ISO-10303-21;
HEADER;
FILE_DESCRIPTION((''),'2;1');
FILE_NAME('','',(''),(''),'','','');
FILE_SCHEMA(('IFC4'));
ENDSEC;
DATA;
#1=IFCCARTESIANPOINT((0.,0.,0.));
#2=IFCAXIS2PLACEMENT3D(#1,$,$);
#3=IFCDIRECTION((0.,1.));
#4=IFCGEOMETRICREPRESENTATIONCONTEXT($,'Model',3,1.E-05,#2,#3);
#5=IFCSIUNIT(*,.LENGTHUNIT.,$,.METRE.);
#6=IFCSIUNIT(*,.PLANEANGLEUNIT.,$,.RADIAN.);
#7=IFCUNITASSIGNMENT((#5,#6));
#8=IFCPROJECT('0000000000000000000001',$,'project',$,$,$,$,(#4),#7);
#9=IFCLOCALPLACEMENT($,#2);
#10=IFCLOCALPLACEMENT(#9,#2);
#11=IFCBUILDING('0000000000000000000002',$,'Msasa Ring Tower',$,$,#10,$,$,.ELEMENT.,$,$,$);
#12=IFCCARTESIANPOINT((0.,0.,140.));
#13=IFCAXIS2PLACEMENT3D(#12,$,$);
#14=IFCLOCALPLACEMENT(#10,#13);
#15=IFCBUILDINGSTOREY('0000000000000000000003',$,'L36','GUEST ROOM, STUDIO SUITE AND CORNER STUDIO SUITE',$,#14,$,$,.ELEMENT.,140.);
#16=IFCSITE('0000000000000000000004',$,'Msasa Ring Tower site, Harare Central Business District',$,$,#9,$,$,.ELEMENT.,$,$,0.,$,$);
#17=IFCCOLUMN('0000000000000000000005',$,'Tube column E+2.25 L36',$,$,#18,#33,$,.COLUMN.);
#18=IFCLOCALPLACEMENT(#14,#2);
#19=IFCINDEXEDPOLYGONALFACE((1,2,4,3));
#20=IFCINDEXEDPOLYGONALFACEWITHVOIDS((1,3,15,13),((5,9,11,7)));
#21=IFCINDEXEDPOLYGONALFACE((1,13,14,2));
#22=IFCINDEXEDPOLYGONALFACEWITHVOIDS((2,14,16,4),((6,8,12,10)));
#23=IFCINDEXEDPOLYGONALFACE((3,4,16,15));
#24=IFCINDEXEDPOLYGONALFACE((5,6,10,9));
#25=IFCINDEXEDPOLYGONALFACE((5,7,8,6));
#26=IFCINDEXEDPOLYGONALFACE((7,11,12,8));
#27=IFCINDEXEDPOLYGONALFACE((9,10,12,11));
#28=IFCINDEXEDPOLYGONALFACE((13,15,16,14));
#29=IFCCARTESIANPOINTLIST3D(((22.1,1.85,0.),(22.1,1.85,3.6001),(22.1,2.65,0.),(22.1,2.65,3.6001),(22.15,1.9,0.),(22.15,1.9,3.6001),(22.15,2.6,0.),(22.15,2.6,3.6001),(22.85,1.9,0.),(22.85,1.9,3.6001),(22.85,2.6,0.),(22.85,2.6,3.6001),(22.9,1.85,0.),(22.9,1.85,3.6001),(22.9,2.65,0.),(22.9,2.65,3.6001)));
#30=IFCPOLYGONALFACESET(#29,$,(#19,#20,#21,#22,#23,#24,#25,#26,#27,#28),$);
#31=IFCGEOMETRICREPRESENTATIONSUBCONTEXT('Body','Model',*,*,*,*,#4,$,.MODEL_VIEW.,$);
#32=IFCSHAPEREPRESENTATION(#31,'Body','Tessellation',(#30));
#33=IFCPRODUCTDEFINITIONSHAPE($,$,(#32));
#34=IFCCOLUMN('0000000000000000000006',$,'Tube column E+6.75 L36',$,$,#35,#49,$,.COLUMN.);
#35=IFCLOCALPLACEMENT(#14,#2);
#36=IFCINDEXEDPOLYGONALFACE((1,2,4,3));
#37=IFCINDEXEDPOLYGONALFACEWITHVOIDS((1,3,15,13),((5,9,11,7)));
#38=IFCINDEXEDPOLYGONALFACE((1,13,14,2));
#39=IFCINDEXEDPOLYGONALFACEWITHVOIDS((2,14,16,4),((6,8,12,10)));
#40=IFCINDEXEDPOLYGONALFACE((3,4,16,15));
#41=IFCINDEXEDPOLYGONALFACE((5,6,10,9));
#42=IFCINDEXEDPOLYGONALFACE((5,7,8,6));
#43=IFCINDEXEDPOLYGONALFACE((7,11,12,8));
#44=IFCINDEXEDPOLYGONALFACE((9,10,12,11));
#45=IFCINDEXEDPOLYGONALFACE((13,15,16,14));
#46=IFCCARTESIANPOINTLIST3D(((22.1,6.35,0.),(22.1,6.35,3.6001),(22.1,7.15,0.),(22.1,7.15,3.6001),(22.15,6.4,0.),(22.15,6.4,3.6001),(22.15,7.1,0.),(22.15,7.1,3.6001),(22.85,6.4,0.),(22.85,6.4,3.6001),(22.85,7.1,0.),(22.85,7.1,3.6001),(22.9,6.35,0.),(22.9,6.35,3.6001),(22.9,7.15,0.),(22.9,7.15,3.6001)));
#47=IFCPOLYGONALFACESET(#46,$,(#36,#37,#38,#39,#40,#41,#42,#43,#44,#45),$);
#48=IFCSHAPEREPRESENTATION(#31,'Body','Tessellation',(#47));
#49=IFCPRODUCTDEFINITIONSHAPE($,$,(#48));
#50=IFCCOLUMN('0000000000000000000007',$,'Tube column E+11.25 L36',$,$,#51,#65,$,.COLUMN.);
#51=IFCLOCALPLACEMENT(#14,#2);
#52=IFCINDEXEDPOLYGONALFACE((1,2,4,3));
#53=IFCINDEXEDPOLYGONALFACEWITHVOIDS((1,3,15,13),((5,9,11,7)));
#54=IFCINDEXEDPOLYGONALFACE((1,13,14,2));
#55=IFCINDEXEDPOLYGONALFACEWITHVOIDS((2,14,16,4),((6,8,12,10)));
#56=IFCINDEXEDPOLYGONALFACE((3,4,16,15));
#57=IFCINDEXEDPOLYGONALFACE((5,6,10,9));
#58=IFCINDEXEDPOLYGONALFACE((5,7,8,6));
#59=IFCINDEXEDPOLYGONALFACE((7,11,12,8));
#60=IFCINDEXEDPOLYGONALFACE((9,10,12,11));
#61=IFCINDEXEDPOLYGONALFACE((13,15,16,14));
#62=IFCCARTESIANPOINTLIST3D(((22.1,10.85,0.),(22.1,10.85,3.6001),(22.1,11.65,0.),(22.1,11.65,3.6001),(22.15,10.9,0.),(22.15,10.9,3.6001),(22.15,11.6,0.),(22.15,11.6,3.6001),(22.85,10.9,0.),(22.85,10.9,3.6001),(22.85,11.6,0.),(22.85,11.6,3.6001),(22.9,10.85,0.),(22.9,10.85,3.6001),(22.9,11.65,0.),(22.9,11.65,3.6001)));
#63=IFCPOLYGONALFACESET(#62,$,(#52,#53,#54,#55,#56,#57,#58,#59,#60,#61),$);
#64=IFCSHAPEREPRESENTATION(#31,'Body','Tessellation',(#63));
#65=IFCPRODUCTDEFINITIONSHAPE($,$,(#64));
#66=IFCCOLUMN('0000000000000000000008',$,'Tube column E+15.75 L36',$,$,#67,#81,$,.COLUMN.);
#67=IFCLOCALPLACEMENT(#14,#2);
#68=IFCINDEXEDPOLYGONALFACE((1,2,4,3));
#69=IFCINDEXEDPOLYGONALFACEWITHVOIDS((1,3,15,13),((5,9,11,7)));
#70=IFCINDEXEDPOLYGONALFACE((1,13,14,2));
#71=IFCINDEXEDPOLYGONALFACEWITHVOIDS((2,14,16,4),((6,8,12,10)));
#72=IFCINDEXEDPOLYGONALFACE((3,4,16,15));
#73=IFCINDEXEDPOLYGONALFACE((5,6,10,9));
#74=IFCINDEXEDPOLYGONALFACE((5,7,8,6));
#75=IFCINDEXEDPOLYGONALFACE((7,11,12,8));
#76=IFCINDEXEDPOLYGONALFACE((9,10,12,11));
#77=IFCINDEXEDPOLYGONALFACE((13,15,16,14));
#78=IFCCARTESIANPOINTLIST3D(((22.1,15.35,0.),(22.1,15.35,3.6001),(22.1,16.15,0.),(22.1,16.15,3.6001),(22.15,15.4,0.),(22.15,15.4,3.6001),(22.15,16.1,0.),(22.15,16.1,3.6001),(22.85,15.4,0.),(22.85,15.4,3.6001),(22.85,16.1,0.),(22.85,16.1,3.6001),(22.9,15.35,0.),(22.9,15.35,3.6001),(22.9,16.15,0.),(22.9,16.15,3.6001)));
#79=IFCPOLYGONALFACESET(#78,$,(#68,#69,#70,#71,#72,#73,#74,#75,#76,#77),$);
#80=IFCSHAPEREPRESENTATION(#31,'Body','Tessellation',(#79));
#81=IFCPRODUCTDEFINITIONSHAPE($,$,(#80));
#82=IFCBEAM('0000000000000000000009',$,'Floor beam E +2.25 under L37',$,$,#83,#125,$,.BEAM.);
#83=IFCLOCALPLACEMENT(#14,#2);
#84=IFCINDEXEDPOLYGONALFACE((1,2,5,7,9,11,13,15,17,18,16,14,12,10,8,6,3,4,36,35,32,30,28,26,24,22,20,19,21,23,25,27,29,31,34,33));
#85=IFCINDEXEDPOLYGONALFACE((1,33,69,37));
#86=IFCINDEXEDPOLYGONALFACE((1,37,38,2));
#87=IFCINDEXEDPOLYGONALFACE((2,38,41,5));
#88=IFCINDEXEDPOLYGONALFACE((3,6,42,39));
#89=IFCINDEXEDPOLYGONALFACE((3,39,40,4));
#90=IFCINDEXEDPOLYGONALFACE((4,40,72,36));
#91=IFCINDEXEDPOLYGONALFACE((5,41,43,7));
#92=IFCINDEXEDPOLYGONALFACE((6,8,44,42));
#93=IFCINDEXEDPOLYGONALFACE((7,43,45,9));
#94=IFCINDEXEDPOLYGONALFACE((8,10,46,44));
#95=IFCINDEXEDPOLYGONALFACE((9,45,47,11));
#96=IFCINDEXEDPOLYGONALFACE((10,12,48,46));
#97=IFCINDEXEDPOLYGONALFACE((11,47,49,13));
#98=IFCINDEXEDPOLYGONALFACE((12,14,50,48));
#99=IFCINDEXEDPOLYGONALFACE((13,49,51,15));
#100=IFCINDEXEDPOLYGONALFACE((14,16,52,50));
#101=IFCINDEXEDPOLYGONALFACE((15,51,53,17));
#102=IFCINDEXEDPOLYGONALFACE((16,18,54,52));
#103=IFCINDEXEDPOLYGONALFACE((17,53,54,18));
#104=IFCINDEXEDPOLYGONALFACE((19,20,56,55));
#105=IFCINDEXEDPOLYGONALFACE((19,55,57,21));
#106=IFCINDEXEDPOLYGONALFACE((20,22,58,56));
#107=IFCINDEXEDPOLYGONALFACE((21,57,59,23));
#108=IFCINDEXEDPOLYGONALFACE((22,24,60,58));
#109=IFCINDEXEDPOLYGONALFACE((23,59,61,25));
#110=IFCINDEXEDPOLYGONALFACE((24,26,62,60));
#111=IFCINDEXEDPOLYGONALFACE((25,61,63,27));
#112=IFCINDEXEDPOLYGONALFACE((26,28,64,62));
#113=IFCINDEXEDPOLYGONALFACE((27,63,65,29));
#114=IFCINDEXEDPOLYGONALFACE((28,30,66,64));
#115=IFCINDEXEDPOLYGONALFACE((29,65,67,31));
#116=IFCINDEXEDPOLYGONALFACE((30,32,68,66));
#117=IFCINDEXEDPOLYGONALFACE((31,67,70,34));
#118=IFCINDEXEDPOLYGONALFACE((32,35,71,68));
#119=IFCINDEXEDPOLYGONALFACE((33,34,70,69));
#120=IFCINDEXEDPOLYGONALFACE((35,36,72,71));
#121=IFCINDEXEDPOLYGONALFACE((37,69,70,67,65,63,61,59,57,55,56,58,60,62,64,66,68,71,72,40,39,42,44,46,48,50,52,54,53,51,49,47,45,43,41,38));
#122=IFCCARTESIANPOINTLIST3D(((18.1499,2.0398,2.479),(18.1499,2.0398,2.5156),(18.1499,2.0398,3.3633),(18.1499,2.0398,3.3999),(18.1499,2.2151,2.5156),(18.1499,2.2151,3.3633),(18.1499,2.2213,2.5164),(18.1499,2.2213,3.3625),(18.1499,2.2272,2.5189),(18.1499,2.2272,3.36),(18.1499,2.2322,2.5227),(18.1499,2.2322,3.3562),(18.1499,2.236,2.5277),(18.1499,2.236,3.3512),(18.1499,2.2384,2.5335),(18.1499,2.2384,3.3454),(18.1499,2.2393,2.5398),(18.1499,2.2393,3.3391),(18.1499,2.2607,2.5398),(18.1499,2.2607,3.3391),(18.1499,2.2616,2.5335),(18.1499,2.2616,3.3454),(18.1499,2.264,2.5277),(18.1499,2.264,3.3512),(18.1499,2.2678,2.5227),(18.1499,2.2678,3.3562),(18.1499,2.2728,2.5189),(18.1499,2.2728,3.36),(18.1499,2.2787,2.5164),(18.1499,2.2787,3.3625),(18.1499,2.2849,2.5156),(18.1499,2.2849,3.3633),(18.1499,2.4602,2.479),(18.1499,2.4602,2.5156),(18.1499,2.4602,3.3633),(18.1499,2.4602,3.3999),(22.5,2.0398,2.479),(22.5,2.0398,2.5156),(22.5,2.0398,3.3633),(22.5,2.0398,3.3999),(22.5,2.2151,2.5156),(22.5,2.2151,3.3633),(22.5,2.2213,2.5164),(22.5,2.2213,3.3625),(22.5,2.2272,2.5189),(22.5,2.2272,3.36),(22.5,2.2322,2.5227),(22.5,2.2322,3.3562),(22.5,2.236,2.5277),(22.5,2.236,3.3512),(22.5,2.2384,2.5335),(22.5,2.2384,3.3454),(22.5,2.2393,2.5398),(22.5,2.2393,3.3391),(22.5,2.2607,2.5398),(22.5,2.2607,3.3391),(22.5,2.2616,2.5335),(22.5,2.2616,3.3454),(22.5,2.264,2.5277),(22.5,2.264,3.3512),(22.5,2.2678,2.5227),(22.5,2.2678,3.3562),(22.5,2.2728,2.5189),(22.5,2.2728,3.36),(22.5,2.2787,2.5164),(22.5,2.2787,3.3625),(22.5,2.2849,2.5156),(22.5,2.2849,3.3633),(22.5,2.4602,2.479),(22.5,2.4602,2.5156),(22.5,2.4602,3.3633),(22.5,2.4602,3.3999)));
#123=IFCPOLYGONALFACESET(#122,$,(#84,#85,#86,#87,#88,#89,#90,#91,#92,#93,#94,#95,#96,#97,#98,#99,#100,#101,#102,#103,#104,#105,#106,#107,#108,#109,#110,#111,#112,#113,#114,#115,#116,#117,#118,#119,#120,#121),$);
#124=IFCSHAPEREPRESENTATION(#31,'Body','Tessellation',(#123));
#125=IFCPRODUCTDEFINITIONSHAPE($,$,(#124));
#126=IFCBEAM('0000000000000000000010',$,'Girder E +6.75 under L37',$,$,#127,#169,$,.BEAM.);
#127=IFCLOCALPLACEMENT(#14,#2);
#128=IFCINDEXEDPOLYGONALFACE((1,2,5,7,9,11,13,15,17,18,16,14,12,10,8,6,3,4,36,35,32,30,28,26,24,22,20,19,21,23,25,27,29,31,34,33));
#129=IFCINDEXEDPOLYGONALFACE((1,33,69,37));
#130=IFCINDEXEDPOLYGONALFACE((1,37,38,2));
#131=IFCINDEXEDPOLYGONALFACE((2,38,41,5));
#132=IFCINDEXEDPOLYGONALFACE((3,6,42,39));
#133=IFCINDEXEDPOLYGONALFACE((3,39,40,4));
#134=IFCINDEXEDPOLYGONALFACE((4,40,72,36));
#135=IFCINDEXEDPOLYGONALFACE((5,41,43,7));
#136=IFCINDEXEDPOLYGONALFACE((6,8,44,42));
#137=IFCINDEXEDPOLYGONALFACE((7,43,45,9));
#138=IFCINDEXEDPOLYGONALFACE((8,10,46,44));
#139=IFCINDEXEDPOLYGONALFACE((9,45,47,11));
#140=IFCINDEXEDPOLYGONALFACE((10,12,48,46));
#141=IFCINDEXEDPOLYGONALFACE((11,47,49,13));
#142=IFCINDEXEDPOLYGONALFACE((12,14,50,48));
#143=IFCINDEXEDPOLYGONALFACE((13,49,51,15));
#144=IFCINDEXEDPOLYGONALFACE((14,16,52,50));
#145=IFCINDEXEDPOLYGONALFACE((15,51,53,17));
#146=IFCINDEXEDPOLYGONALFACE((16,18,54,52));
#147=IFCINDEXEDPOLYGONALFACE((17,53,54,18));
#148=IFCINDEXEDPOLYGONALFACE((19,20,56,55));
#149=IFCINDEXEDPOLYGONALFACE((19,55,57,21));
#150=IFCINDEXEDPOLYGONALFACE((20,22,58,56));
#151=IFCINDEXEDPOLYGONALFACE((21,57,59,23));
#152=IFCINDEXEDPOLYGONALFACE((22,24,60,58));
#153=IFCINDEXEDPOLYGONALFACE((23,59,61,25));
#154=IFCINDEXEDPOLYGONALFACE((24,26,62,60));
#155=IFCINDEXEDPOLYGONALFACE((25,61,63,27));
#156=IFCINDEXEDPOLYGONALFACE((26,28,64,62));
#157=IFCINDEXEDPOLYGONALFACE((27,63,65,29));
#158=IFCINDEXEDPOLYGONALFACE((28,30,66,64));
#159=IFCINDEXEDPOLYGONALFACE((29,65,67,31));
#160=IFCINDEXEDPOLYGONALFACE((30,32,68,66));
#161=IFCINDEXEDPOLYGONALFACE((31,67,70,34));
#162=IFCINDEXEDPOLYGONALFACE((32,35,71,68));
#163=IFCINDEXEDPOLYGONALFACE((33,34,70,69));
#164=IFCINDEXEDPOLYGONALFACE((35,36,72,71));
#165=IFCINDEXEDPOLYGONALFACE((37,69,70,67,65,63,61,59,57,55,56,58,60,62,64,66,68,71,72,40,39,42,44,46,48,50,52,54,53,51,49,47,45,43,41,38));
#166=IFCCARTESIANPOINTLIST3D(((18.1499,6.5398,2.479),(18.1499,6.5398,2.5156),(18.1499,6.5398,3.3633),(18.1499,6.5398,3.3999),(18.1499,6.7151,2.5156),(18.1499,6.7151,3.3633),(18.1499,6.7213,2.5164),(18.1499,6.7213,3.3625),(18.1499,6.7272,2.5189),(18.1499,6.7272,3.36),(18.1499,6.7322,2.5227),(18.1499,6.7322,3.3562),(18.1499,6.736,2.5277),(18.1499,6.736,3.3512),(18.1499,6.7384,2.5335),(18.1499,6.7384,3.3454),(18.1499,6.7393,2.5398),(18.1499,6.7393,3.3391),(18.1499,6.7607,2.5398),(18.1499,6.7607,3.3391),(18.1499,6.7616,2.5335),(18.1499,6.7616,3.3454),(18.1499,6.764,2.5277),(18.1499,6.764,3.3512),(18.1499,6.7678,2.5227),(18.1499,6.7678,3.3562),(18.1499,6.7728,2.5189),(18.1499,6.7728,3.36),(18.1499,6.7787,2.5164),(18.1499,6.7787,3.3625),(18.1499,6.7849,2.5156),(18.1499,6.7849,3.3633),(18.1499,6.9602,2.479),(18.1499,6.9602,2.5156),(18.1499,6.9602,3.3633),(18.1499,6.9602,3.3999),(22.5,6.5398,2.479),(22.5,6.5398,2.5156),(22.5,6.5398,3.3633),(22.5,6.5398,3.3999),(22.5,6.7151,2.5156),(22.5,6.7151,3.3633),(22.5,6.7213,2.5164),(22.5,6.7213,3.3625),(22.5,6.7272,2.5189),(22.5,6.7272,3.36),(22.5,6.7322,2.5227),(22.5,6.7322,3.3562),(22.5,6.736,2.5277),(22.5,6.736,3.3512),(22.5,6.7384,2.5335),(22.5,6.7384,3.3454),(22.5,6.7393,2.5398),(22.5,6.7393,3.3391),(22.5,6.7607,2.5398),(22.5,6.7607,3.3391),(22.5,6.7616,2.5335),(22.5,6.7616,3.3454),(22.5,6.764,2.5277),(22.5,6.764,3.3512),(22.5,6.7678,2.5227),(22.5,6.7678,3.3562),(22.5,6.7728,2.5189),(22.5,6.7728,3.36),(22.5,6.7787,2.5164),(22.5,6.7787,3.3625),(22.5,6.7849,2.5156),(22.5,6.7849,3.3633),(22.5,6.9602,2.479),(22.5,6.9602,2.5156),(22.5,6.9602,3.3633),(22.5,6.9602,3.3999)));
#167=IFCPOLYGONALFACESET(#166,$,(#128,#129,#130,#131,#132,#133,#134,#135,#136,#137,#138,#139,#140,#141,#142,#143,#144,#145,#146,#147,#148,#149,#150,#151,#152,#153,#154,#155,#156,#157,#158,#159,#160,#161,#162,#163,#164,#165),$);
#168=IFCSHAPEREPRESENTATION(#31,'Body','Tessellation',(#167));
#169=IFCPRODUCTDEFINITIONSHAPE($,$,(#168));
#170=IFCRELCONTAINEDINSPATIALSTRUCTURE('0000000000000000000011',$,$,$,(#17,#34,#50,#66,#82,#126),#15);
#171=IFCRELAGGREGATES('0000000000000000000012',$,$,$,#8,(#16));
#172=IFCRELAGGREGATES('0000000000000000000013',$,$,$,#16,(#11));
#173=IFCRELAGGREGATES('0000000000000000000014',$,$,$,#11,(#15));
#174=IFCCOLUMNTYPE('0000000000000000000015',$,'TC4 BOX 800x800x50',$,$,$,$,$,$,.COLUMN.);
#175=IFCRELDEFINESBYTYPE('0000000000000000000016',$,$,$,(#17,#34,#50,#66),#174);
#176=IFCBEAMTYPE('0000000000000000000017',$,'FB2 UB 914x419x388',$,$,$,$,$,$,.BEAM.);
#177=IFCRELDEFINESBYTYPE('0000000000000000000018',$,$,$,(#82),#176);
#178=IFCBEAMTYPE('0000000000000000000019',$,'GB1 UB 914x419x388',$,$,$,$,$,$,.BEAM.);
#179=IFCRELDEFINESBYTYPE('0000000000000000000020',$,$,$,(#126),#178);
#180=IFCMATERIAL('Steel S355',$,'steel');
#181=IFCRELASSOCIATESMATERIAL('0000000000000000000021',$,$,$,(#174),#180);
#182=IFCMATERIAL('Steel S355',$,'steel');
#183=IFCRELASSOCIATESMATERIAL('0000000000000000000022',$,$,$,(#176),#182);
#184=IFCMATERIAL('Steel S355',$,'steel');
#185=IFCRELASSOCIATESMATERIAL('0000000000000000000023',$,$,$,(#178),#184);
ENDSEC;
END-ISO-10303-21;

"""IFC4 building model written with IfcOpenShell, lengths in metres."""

from ifc_helpers import new_model, si_unit, direction, frame, origin, origin_2d, place, context, subcontext, project, spatial, hollow_rectangle, i_section, extrude, material, material_profile, profile_set, type_object, element, save


model = new_model("IFC4")

# Units and contexts
model_context = context("Model", 3, precision=1e-05, world=origin(), true_north=direction((0.0, 1.0)))
body_context = subcontext(model_context, "Body", "Model", "MODEL_VIEW")
ifc_project = project(units=[si_unit("LENGTHUNIT", "METRE"), si_unit("PLANEANGLEUNIT", "RADIAN")], contexts=[model_context])

# Site, building, storey
site_placement = place(None, origin())
site = spatial("IfcSite", under=ifc_project, at=site_placement, Name="Msasa Ring Tower site, Harare Central Business District", CompositionType="ELEMENT", RefElevation=0.0)
building_placement = place(site_placement, origin())
building = spatial("IfcBuilding", under=site, at=building_placement, Name="Msasa Ring Tower", CompositionType="ELEMENT")
storey_placement = place(building_placement, frame((0.0, 0.0, 140.0)))
storey = spatial("IfcBuildingStorey", under=building, at=storey_placement, Name="L36", Description="GUEST ROOM, STUDIO SUITE AND CORNER STUDIO SUITE", CompositionType="ELEMENT", Elevation=140.0)

# Columns
ifc_material_1 = material(Name="Steel S355", Category="steel")
ifc_material_profile_1 = material_profile(ifc_material_1, hollow_rectangle(XDim=0.8, YDim=0.8, WallThickness=0.05, at=origin_2d()), Name="BOX 800x800x50")
ifc_profile_set_1 = profile_set([ifc_material_profile_1], Name="Steel S355")
column_type = type_object("IfcColumnType", Name="TC4 BOX 800x800x50", PredefinedType="COLUMN", material=ifc_profile_set_1)
for number, where, z_axis, x_axis, name in (
    (1, (22.5, 2.25, 0.0), (0.0, 0.0, 1.0), (1.0, 0.0, 0.0), "Tube column E+2.25 L36"),
    (2, (22.5, 6.75, 0.0), (0.0, 0.0, 1.0), (1.0, 0.0, 0.0), "Tube column E+6.75 L36"),
    (3, (22.5, 11.25, 0.0), (0.0, 0.0, 1.0), (1.0, 0.0, 0.0), "Tube column E+11.25 L36"),
    (4, (22.5, 15.75, 0.0), (0.0, 0.0, 1.0), (1.0, 0.0, 0.0), "Tube column E+15.75 L36"),
):
    element("IfcColumn", number, at=place(storey_placement, frame(where, z_axis=z_axis, x_axis=x_axis)), inside=storey, type_object=column_type, Name=name, PredefinedType="COLUMN", context=body_context, shape_type="SweptSolid", body=[
        extrude(hollow_rectangle(XDim=0.8, YDim=0.8, WallThickness=0.05, at=origin_2d()), origin(), (0.0, 0.0, 1.0), 3.6001),
    ])

# Beams
ifc_material_2 = material(Name="Steel S355", Category="steel")
ifc_material_profile_2 = material_profile(ifc_material_2, i_section(OverallWidth=0.4204, OverallDepth=0.9209, WebThickness=0.0215, FlangeThickness=0.0366, FilletRadius=0.0242, at=origin_2d()), Name="UB 914x419x388")
ifc_profile_set_2 = profile_set([ifc_material_profile_2], Name="Steel S355")
beam_type_1 = type_object("IfcBeamType", Name="FB2 UB 914x419x388", PredefinedType="BEAM", material=ifc_profile_set_2)
beam_1_placement = place(storey_placement, frame((22.5, 2.25, 2.9395), z_axis=(-1.0, 0.0, 0.0), x_axis=(0.0, -1.0, 0.0)))
element("IfcBeam", 5, at=beam_1_placement, inside=storey, type_object=beam_type_1, Name="Floor beam E +2.25 under L37", PredefinedType="BEAM", context=body_context, shape_type="SweptSolid", body=[
    extrude(i_section(OverallWidth=0.4204, OverallDepth=0.9209, WebThickness=0.0215, FlangeThickness=0.0366, FilletRadius=0.0242, at=origin_2d()), origin(), (0.0, 0.0, 1.0), 4.3501),
])
ifc_material_3 = material(Name="Steel S355", Category="steel")
ifc_material_profile_3 = material_profile(ifc_material_3, i_section(OverallWidth=0.4204, OverallDepth=0.9209, WebThickness=0.0215, FlangeThickness=0.0366, FilletRadius=0.0242, at=origin_2d()), Name="UB 914x419x388")
ifc_profile_set_3 = profile_set([ifc_material_profile_3], Name="Steel S355")
beam_type_2 = type_object("IfcBeamType", Name="GB1 UB 914x419x388", PredefinedType="BEAM", material=ifc_profile_set_3)
beam_2_placement = place(storey_placement, frame((18.1499, 6.75, 2.9395), z_axis=(1.0, 0.0, 0.0), x_axis=(0.0, 1.0, 0.0)))
element("IfcBeam", 6, at=beam_2_placement, inside=storey, type_object=beam_type_2, Name="Girder E +6.75 under L37", PredefinedType="BEAM", context=body_context, shape_type="SweptSolid", body=[
    extrude(i_section(OverallWidth=0.4204, OverallDepth=0.9209, WebThickness=0.0215, FlangeThickness=0.0366, FilletRadius=0.0242, at=origin_2d()), origin(), (0.0, 0.0, 1.0), 4.3501),
])

save(model, "model.ifc")
